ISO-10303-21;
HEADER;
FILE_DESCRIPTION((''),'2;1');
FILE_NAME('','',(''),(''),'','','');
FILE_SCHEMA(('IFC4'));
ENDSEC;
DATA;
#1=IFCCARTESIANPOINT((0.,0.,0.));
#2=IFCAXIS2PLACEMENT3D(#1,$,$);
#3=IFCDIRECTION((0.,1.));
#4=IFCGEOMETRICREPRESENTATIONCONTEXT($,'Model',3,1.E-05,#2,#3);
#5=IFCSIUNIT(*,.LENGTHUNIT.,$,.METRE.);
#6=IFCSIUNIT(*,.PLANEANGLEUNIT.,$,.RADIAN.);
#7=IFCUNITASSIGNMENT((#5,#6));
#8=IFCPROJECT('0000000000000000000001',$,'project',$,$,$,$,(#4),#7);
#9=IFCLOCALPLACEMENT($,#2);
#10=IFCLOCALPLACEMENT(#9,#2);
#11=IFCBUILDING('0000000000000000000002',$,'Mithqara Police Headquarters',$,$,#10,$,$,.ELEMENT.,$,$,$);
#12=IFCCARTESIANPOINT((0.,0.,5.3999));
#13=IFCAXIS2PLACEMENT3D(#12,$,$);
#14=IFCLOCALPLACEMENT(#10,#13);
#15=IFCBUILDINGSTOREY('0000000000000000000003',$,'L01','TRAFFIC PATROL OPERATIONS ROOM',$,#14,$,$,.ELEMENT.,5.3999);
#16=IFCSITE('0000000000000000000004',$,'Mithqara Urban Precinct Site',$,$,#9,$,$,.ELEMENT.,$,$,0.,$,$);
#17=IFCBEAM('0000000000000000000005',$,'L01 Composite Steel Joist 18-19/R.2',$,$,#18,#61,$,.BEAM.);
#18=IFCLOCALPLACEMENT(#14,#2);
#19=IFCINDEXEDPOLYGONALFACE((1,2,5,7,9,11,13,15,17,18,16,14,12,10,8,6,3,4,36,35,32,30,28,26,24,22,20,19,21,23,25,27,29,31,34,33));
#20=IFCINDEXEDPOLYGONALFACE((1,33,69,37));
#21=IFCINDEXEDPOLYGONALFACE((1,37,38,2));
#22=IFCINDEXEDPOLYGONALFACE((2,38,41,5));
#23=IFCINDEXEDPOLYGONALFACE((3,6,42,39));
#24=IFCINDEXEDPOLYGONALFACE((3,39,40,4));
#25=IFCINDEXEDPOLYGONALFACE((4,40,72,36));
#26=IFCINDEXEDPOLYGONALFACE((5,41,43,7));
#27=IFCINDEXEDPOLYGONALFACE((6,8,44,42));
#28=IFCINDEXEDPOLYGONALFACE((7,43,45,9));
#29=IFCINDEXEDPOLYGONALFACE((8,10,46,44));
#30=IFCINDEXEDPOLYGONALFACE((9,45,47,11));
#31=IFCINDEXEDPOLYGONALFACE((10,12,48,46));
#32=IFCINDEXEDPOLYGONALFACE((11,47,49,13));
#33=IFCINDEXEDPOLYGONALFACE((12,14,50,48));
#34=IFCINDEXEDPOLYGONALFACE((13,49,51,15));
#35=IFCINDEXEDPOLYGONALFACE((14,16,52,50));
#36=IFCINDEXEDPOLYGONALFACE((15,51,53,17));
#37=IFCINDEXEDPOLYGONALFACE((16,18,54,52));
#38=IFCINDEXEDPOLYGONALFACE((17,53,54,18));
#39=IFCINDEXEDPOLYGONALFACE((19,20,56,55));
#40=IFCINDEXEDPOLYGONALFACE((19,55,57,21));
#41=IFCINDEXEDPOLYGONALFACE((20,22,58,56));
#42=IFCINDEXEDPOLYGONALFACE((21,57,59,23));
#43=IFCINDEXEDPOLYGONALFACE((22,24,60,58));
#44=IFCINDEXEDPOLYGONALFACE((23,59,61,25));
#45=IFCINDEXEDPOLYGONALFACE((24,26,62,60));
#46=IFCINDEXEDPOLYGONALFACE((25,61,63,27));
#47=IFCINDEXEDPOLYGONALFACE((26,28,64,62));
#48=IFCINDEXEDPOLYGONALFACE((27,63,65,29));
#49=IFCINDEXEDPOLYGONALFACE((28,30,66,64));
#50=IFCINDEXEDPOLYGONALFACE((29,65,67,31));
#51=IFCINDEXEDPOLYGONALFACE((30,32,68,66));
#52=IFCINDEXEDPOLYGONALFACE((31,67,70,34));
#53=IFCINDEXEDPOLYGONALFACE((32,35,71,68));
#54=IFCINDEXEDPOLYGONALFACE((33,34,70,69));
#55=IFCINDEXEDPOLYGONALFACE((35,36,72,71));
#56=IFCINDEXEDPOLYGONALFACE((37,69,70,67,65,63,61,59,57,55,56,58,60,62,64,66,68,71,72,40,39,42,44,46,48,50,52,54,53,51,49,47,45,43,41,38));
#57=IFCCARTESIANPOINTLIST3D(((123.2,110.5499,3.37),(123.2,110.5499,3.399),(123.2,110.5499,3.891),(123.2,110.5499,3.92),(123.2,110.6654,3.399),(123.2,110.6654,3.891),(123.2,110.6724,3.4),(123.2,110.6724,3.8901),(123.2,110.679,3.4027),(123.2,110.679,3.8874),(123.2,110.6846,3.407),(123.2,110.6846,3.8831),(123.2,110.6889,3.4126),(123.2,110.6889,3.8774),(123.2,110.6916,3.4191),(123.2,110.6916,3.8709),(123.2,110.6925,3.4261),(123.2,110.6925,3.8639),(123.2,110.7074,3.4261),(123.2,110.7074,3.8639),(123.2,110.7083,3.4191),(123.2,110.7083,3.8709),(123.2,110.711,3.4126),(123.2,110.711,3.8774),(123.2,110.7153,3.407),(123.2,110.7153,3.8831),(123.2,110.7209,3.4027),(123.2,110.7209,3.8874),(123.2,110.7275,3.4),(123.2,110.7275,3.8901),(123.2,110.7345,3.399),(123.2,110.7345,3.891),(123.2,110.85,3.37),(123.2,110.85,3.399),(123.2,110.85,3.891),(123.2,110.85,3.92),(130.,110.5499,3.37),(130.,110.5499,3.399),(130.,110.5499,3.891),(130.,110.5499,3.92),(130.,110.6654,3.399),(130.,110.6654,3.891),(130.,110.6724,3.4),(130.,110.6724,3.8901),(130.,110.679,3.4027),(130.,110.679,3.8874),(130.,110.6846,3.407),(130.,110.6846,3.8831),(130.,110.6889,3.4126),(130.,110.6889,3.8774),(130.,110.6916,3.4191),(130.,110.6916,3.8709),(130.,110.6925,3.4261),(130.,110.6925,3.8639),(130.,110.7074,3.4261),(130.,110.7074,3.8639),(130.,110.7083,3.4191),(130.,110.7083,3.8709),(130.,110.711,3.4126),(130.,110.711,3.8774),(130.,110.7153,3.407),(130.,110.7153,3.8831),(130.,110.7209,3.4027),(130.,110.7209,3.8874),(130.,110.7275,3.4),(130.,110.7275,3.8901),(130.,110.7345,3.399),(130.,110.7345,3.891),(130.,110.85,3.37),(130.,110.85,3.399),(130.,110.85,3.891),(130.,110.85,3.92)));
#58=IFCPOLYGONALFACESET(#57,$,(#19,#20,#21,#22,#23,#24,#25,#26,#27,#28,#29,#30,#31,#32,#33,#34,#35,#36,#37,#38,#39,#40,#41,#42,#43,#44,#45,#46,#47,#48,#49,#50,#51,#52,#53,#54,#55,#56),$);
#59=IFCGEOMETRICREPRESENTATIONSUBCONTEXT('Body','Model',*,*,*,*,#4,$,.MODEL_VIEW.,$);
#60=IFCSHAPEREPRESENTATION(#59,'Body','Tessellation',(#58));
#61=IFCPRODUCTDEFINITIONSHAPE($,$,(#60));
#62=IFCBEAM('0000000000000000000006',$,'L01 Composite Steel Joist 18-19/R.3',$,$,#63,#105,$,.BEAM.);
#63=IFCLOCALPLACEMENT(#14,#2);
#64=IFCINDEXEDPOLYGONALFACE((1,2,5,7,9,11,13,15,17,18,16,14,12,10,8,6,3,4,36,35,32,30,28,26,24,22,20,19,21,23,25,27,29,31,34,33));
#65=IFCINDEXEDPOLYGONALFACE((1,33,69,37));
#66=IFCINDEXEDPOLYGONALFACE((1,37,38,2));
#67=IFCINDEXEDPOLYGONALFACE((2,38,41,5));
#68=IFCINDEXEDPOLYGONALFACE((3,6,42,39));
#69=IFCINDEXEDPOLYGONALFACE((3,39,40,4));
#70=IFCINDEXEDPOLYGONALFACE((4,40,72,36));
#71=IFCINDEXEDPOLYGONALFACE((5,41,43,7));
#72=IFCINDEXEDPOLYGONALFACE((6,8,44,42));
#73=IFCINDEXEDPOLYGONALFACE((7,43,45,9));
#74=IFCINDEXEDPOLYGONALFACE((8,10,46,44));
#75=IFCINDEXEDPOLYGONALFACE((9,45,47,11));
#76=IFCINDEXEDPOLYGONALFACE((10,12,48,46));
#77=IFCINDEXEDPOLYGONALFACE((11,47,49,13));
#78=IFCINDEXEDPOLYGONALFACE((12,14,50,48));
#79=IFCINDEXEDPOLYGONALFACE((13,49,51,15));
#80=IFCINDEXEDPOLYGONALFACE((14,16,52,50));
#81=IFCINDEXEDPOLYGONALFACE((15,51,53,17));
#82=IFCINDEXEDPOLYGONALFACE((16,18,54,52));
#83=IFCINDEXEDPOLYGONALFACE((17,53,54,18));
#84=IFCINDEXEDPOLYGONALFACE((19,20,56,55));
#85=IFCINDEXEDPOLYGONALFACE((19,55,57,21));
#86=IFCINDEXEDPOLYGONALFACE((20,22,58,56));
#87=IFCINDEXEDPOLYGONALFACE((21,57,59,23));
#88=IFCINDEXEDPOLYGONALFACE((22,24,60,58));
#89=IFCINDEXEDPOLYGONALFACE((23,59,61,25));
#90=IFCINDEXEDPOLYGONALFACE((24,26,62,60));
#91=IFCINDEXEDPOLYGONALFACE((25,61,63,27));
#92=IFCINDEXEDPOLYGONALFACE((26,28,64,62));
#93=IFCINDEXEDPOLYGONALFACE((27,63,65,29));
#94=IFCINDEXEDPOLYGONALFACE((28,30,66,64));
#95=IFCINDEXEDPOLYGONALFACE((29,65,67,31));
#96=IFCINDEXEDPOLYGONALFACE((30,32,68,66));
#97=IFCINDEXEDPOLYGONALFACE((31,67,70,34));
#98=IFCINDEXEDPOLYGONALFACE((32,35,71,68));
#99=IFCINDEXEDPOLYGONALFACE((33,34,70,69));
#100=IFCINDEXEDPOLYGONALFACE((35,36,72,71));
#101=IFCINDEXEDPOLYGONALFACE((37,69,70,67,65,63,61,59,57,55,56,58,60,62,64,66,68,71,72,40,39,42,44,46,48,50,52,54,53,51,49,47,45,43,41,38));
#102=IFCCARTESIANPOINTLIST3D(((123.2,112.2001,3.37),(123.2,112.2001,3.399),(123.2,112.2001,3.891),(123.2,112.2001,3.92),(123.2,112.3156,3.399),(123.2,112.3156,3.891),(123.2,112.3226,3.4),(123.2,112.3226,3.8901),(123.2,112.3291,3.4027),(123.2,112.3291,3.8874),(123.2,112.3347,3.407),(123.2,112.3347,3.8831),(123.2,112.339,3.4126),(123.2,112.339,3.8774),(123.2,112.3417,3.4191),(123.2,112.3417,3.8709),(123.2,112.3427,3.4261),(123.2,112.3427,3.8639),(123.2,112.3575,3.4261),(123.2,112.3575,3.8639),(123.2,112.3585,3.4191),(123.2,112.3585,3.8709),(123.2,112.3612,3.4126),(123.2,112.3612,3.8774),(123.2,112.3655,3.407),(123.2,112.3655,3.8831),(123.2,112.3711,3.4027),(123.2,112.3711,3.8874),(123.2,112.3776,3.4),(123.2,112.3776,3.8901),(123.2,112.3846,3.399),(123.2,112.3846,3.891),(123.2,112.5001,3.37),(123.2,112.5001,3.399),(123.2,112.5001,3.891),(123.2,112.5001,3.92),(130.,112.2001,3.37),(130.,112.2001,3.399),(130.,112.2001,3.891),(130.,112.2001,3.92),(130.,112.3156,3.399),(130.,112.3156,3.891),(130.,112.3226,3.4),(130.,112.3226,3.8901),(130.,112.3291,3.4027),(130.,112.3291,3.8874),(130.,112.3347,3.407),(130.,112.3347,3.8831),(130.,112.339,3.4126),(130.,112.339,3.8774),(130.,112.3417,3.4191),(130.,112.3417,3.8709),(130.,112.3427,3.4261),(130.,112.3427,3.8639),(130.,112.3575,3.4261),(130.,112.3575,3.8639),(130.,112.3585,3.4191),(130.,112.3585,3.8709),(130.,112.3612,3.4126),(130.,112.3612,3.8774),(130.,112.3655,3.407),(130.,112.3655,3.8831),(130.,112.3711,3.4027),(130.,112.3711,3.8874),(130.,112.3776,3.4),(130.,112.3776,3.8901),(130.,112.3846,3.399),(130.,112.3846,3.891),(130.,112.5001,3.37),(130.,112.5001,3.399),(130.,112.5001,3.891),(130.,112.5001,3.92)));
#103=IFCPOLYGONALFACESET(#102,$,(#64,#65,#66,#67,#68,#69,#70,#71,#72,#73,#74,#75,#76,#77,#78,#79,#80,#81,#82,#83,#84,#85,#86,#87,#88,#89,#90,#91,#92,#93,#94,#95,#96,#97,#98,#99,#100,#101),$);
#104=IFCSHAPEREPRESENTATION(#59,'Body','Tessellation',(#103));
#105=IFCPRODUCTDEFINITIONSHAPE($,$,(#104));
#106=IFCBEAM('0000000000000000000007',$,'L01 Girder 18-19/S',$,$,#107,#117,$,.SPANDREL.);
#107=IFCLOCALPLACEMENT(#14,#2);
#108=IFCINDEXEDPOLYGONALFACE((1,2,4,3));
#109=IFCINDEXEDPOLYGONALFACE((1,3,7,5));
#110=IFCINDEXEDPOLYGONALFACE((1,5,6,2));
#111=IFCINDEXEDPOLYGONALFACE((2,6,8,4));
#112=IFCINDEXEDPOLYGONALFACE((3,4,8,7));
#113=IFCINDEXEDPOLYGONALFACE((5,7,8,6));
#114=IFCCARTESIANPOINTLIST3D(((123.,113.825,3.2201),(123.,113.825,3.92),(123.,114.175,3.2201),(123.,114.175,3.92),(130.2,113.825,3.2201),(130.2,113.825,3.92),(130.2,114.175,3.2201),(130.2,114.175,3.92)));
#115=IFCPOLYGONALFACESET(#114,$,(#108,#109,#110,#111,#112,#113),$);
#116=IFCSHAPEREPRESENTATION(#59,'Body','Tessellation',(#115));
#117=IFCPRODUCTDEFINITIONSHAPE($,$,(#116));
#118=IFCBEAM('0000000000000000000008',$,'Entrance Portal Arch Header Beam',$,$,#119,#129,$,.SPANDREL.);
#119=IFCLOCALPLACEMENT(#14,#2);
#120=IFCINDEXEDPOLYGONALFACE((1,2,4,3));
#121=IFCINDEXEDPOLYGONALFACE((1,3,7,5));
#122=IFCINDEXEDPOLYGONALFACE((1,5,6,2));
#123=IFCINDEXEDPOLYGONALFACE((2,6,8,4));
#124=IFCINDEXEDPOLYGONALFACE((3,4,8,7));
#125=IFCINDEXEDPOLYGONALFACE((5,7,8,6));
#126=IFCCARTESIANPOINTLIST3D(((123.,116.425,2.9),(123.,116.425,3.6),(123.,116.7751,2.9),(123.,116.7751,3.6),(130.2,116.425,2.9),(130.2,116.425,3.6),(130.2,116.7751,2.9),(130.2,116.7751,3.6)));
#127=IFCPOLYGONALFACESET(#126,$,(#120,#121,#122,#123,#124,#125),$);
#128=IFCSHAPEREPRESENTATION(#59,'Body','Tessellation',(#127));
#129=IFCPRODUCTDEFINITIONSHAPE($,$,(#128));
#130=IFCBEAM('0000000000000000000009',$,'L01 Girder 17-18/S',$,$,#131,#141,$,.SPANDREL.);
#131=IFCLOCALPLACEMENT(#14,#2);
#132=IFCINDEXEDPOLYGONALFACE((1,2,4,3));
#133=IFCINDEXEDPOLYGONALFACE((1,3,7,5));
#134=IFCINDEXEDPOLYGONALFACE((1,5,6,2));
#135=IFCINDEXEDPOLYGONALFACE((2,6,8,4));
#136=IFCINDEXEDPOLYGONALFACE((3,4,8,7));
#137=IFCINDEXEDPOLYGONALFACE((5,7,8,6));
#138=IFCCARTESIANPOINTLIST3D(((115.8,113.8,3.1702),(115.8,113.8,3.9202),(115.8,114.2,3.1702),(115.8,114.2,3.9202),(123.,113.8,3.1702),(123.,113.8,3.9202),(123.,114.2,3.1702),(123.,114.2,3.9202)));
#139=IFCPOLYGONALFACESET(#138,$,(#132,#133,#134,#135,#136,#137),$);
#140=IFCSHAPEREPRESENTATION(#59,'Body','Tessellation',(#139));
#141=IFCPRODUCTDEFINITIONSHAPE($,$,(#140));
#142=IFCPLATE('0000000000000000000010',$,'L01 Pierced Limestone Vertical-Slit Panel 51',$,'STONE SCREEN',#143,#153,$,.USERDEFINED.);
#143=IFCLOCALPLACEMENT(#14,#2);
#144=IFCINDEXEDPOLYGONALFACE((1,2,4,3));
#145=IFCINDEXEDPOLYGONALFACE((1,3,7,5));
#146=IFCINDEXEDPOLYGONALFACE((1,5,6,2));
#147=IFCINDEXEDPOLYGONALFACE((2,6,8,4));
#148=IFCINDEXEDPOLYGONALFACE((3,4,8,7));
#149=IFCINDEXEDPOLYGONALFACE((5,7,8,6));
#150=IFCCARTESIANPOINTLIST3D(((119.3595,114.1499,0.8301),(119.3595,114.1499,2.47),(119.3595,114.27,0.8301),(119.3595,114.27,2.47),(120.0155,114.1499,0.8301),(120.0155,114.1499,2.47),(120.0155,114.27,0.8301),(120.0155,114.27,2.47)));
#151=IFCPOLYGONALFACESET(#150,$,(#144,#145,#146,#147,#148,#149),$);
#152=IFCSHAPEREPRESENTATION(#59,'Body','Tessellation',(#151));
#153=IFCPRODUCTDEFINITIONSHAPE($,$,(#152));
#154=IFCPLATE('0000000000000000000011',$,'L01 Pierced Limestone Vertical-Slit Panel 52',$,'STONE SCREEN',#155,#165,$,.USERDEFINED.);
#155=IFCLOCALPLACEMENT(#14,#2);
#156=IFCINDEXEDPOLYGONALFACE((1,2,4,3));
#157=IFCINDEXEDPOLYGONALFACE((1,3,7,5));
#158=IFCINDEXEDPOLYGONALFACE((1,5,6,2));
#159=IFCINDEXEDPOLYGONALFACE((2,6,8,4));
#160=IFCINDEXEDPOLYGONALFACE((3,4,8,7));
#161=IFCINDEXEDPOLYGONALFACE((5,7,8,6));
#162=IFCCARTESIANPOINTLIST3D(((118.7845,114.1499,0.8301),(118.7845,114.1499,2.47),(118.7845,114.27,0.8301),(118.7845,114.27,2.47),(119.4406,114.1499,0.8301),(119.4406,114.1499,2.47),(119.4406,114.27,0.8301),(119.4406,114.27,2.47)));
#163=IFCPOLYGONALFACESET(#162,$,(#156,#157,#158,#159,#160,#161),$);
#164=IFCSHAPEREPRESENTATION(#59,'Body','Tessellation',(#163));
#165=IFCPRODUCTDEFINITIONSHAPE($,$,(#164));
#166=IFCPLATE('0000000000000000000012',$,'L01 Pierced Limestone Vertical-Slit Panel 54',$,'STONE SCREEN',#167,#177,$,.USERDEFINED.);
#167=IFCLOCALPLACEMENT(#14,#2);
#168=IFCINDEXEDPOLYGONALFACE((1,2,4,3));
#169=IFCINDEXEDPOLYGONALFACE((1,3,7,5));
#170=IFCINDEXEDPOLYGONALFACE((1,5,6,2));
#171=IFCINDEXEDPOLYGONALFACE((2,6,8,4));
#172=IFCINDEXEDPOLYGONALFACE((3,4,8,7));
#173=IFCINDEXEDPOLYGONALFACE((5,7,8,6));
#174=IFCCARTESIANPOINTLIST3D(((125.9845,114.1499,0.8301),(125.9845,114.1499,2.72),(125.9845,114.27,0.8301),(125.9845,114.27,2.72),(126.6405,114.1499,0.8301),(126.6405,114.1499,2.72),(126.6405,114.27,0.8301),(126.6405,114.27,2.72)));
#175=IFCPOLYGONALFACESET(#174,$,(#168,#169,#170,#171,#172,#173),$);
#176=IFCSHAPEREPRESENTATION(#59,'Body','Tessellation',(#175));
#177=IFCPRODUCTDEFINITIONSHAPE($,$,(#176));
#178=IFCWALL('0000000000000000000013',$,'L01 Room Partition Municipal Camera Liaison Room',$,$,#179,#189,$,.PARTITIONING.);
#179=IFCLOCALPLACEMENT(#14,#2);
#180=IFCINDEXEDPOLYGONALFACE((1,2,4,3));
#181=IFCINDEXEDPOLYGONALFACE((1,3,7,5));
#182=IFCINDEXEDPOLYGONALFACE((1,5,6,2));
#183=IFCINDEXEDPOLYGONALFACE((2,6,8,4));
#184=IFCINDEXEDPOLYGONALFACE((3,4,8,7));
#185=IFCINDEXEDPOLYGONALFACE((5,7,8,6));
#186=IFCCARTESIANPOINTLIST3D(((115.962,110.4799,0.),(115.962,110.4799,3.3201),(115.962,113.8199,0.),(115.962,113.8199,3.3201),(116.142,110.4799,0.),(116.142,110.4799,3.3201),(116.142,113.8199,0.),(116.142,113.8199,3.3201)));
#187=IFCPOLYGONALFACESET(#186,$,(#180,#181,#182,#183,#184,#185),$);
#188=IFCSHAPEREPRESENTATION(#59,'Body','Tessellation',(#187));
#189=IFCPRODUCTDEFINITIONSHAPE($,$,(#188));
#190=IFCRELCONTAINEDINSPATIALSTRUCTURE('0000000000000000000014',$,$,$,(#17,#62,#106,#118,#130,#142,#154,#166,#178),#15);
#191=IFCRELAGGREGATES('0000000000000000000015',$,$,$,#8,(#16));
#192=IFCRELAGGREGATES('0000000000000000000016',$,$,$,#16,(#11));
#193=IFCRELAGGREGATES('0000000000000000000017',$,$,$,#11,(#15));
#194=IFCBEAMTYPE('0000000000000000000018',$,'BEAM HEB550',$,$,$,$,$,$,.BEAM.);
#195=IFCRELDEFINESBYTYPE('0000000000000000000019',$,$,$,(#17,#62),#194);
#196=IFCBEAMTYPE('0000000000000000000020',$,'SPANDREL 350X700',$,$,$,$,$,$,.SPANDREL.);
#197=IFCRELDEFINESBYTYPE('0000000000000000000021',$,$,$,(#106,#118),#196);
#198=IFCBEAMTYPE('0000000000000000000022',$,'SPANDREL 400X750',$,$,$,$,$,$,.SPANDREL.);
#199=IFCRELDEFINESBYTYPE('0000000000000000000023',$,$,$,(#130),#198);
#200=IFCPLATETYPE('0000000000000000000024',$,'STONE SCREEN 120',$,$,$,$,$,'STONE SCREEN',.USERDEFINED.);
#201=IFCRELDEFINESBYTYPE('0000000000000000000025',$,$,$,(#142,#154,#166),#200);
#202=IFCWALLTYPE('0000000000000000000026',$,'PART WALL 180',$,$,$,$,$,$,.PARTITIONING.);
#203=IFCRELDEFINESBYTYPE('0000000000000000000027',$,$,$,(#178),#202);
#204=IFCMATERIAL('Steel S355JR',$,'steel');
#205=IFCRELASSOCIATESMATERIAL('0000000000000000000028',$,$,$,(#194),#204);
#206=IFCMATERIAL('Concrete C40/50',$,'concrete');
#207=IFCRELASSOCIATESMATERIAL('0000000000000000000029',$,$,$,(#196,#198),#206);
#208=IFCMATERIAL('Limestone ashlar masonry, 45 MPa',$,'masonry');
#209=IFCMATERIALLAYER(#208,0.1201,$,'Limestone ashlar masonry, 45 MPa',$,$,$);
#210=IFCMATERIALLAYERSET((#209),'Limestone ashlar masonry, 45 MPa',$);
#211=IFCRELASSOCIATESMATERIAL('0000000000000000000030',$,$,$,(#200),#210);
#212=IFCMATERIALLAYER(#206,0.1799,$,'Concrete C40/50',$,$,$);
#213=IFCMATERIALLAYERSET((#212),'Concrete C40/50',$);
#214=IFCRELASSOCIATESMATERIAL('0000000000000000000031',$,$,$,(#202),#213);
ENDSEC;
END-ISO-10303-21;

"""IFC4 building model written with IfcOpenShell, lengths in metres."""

from ifc_helpers import new_model, si_unit, direction, frame, frame_2d, origin, origin_2d, place, context, subcontext, project, spatial, rectangle, i_section, extrude, material, layer, layer_set, material_profile, profile_set, type_object, element, save


model = new_model("IFC4")

# Units and contexts
model_context = context("Model", 3, precision=1e-05, world=origin(), true_north=direction((0.0, 1.0)))
body_context = subcontext(model_context, "Body", "Model", "MODEL_VIEW")
ifc_project = project(units=[si_unit("LENGTHUNIT", "METRE"), si_unit("PLANEANGLEUNIT", "RADIAN")], contexts=[model_context])

# Site, building, storey
site_placement = place(None, origin())
site = spatial("IfcSite", under=ifc_project, at=site_placement, Name="Mithqara Urban Precinct Site", CompositionType="ELEMENT", RefElevation=0.0)
building_placement = place(site_placement, origin())
building = spatial("IfcBuilding", under=site, at=building_placement, Name="Mithqara Police Headquarters", CompositionType="ELEMENT")
storey_placement = place(building_placement, frame((0.0, 0.0, 5.3999)))
storey = spatial("IfcBuildingStorey", under=building, at=storey_placement, Name="L01", Description="TRAFFIC PATROL OPERATIONS ROOM", CompositionType="ELEMENT", Elevation=5.3999)

# Beams
ifc_material_1 = material(Name="Steel S355JR", Category="steel")
ifc_material_profile_1 = material_profile(ifc_material_1, i_section(OverallWidth=0.3, OverallDepth=0.55, WebThickness=0.0149, FlangeThickness=0.0291, FilletRadius=0.0271, at=origin_2d()), Name="HEB 550")
ifc_profile_set_1 = profile_set([ifc_material_profile_1], Name="Steel S355JR")
beam_type_1 = type_object("IfcBeamType", Name="BEAM HEB550", PredefinedType="BEAM", material=ifc_profile_set_1)
for number, where, z_axis, x_axis, name in (
    (1, (123.2, 110.7, 3.645), (1.0, 0.0, 0.0), (0.0, 1.0, 0.0), "L01 Composite Steel Joist 18-19/R.2"),
    (2, (123.2, 112.3501, 3.645), (1.0, 0.0, 0.0), (0.0, 1.0, 0.0), "L01 Composite Steel Joist 18-19/R.3"),
):
    element("IfcBeam", number, at=place(storey_placement, frame(where, z_axis=z_axis, x_axis=x_axis)), inside=storey, type_object=beam_type_1, Name=name, PredefinedType="BEAM", context=body_context, shape_type="SweptSolid", body=[
        extrude(i_section(OverallWidth=0.3, OverallDepth=0.55, WebThickness=0.0149, FlangeThickness=0.0291, FilletRadius=0.0271, at=origin_2d()), origin(), (0.0, 0.0, 1.0), 6.8),
    ])
ifc_material_2 = material(Name="Concrete C40/50", Category="concrete")
ifc_material_profile_2 = material_profile(ifc_material_2, rectangle(XDim=0.3501, YDim=0.7, at=origin_2d()), Name="SPB 350x700")
ifc_profile_set_2 = profile_set([ifc_material_profile_2], Name="Concrete C40/50")
beam_type_2 = type_object("IfcBeamType", Name="SPANDREL 350X700", PredefinedType="SPANDREL", material=ifc_profile_set_2)
for number, where, z_axis, x_axis, name in (
    (3, (123.0, 114.0, 3.5701), (1.0, 0.0, 0.0), (0.0, 1.0, 0.0), "L01 Girder 18-19/S"),
    (4, (123.0, 116.6001, 3.25), (1.0, 0.0, 0.0), (0.0, 1.0, 0.0), "Entrance Portal Arch Header Beam"),
):
    element("IfcBeam", number, at=place(storey_placement, frame(where, z_axis=z_axis, x_axis=x_axis)), inside=storey, type_object=beam_type_2, Name=name, PredefinedType="SPANDREL", context=body_context, shape_type="SweptSolid", body=[
        extrude(rectangle(XDim=0.3501, YDim=0.7, at=origin_2d()), origin(), (0.0, 0.0, 1.0), 7.2),
    ])
ifc_material_profile_3 = material_profile(ifc_material_2, rectangle(XDim=0.3999, YDim=0.75, at=origin_2d()), Name="SPB 400x750")
ifc_profile_set_3 = profile_set([ifc_material_profile_3], Name="Concrete C40/50")
beam_type_3 = type_object("IfcBeamType", Name="SPANDREL 400X750", PredefinedType="SPANDREL", material=ifc_profile_set_3)
beam_placement = place(storey_placement, frame((115.8, 114.0, 3.5452), z_axis=(1.0, 0.0, 0.0), x_axis=(0.0, 1.0, 0.0)))
element("IfcBeam", 5, at=beam_placement, inside=storey, type_object=beam_type_3, Name="L01 Girder 17-18/S", PredefinedType="SPANDREL", context=body_context, shape_type="SweptSolid", body=[
    extrude(rectangle(XDim=0.3999, YDim=0.75, at=origin_2d()), origin(), (0.0, 0.0, 1.0), 7.2),
])

# Plates
ifc_material_3 = material(Name="Limestone ashlar masonry, 45 MPa", Category="masonry")
ifc_layer_1 = layer(ifc_material_3, 0.1201, Name="Limestone ashlar masonry, 45 MPa")
ifc_layer_set_1 = layer_set([ifc_layer_1], Name="Limestone ashlar masonry, 45 MPa")
plate_type = type_object("IfcPlateType", Name="STONE SCREEN 120", ElementType="STONE SCREEN", PredefinedType="USERDEFINED", material=ifc_layer_set_1)
for number, where, z_axis, x_axis, name in (
    (6, (119.6875, 114.21, 0.8301), (0.0, 0.0, 1.0), (1.0, 0.0, 0.0), "L01 Pierced Limestone Vertical-Slit Panel 51"),
    (7, (119.1125, 114.21, 0.8301), (0.0, 0.0, 1.0), (1.0, 0.0, 0.0), "L01 Pierced Limestone Vertical-Slit Panel 52"),
):
    element("IfcPlate", number, at=place(storey_placement, frame(where, z_axis=z_axis, x_axis=x_axis)), inside=storey, type_object=plate_type, Name=name, ObjectType="STONE SCREEN", PredefinedType="USERDEFINED", context=body_context, shape_type="SweptSolid", body=[
        extrude(rectangle(XDim=0.656, YDim=0.1201, at=origin_2d()), origin(), (0.0, 0.0, 1.0), 1.6399),
    ])
plate_placement = place(storey_placement, frame((126.3125, 114.21, 0.8301), z_axis=(0.0, 0.0, 1.0), x_axis=(1.0, 0.0, 0.0)))
element("IfcPlate", 8, at=plate_placement, inside=storey, type_object=plate_type, Name="L01 Pierced Limestone Vertical-Slit Panel 54", ObjectType="STONE SCREEN", PredefinedType="USERDEFINED", context=body_context, shape_type="SweptSolid", body=[
    extrude(rectangle(XDim=0.656, YDim=0.1201, at=origin_2d()), origin(), (0.0, 0.0, 1.0), 1.8899),
])

# Wall
ifc_layer_2 = layer(ifc_material_2, 0.1799, Name="Concrete C40/50")
ifc_layer_set_2 = layer_set([ifc_layer_2], Name="Concrete C40/50")
wall_type = type_object("IfcWallType", Name="PART WALL 180", PredefinedType="PARTITIONING", material=ifc_layer_set_2)
wall_1_placement = place(storey_placement, frame((116.052, 110.48, 0.0), z_axis=(0.0, 0.0, 1.0), x_axis=(0.0, 1.0, 0.0)))
element("IfcWall", 9, at=wall_1_placement, inside=storey, type_object=wall_type, Name="L01 Room Partition Municipal Camera Liaison Room", PredefinedType="PARTITIONING", context=body_context, shape_type="SweptSolid", body=[
    extrude(rectangle(XDim=3.3401, YDim=0.1799, at=frame_2d((1.6699, 0.0))), origin(), (0.0, 0.0, 1.0), 3.3201),
])

save(model, "model.ifc")
